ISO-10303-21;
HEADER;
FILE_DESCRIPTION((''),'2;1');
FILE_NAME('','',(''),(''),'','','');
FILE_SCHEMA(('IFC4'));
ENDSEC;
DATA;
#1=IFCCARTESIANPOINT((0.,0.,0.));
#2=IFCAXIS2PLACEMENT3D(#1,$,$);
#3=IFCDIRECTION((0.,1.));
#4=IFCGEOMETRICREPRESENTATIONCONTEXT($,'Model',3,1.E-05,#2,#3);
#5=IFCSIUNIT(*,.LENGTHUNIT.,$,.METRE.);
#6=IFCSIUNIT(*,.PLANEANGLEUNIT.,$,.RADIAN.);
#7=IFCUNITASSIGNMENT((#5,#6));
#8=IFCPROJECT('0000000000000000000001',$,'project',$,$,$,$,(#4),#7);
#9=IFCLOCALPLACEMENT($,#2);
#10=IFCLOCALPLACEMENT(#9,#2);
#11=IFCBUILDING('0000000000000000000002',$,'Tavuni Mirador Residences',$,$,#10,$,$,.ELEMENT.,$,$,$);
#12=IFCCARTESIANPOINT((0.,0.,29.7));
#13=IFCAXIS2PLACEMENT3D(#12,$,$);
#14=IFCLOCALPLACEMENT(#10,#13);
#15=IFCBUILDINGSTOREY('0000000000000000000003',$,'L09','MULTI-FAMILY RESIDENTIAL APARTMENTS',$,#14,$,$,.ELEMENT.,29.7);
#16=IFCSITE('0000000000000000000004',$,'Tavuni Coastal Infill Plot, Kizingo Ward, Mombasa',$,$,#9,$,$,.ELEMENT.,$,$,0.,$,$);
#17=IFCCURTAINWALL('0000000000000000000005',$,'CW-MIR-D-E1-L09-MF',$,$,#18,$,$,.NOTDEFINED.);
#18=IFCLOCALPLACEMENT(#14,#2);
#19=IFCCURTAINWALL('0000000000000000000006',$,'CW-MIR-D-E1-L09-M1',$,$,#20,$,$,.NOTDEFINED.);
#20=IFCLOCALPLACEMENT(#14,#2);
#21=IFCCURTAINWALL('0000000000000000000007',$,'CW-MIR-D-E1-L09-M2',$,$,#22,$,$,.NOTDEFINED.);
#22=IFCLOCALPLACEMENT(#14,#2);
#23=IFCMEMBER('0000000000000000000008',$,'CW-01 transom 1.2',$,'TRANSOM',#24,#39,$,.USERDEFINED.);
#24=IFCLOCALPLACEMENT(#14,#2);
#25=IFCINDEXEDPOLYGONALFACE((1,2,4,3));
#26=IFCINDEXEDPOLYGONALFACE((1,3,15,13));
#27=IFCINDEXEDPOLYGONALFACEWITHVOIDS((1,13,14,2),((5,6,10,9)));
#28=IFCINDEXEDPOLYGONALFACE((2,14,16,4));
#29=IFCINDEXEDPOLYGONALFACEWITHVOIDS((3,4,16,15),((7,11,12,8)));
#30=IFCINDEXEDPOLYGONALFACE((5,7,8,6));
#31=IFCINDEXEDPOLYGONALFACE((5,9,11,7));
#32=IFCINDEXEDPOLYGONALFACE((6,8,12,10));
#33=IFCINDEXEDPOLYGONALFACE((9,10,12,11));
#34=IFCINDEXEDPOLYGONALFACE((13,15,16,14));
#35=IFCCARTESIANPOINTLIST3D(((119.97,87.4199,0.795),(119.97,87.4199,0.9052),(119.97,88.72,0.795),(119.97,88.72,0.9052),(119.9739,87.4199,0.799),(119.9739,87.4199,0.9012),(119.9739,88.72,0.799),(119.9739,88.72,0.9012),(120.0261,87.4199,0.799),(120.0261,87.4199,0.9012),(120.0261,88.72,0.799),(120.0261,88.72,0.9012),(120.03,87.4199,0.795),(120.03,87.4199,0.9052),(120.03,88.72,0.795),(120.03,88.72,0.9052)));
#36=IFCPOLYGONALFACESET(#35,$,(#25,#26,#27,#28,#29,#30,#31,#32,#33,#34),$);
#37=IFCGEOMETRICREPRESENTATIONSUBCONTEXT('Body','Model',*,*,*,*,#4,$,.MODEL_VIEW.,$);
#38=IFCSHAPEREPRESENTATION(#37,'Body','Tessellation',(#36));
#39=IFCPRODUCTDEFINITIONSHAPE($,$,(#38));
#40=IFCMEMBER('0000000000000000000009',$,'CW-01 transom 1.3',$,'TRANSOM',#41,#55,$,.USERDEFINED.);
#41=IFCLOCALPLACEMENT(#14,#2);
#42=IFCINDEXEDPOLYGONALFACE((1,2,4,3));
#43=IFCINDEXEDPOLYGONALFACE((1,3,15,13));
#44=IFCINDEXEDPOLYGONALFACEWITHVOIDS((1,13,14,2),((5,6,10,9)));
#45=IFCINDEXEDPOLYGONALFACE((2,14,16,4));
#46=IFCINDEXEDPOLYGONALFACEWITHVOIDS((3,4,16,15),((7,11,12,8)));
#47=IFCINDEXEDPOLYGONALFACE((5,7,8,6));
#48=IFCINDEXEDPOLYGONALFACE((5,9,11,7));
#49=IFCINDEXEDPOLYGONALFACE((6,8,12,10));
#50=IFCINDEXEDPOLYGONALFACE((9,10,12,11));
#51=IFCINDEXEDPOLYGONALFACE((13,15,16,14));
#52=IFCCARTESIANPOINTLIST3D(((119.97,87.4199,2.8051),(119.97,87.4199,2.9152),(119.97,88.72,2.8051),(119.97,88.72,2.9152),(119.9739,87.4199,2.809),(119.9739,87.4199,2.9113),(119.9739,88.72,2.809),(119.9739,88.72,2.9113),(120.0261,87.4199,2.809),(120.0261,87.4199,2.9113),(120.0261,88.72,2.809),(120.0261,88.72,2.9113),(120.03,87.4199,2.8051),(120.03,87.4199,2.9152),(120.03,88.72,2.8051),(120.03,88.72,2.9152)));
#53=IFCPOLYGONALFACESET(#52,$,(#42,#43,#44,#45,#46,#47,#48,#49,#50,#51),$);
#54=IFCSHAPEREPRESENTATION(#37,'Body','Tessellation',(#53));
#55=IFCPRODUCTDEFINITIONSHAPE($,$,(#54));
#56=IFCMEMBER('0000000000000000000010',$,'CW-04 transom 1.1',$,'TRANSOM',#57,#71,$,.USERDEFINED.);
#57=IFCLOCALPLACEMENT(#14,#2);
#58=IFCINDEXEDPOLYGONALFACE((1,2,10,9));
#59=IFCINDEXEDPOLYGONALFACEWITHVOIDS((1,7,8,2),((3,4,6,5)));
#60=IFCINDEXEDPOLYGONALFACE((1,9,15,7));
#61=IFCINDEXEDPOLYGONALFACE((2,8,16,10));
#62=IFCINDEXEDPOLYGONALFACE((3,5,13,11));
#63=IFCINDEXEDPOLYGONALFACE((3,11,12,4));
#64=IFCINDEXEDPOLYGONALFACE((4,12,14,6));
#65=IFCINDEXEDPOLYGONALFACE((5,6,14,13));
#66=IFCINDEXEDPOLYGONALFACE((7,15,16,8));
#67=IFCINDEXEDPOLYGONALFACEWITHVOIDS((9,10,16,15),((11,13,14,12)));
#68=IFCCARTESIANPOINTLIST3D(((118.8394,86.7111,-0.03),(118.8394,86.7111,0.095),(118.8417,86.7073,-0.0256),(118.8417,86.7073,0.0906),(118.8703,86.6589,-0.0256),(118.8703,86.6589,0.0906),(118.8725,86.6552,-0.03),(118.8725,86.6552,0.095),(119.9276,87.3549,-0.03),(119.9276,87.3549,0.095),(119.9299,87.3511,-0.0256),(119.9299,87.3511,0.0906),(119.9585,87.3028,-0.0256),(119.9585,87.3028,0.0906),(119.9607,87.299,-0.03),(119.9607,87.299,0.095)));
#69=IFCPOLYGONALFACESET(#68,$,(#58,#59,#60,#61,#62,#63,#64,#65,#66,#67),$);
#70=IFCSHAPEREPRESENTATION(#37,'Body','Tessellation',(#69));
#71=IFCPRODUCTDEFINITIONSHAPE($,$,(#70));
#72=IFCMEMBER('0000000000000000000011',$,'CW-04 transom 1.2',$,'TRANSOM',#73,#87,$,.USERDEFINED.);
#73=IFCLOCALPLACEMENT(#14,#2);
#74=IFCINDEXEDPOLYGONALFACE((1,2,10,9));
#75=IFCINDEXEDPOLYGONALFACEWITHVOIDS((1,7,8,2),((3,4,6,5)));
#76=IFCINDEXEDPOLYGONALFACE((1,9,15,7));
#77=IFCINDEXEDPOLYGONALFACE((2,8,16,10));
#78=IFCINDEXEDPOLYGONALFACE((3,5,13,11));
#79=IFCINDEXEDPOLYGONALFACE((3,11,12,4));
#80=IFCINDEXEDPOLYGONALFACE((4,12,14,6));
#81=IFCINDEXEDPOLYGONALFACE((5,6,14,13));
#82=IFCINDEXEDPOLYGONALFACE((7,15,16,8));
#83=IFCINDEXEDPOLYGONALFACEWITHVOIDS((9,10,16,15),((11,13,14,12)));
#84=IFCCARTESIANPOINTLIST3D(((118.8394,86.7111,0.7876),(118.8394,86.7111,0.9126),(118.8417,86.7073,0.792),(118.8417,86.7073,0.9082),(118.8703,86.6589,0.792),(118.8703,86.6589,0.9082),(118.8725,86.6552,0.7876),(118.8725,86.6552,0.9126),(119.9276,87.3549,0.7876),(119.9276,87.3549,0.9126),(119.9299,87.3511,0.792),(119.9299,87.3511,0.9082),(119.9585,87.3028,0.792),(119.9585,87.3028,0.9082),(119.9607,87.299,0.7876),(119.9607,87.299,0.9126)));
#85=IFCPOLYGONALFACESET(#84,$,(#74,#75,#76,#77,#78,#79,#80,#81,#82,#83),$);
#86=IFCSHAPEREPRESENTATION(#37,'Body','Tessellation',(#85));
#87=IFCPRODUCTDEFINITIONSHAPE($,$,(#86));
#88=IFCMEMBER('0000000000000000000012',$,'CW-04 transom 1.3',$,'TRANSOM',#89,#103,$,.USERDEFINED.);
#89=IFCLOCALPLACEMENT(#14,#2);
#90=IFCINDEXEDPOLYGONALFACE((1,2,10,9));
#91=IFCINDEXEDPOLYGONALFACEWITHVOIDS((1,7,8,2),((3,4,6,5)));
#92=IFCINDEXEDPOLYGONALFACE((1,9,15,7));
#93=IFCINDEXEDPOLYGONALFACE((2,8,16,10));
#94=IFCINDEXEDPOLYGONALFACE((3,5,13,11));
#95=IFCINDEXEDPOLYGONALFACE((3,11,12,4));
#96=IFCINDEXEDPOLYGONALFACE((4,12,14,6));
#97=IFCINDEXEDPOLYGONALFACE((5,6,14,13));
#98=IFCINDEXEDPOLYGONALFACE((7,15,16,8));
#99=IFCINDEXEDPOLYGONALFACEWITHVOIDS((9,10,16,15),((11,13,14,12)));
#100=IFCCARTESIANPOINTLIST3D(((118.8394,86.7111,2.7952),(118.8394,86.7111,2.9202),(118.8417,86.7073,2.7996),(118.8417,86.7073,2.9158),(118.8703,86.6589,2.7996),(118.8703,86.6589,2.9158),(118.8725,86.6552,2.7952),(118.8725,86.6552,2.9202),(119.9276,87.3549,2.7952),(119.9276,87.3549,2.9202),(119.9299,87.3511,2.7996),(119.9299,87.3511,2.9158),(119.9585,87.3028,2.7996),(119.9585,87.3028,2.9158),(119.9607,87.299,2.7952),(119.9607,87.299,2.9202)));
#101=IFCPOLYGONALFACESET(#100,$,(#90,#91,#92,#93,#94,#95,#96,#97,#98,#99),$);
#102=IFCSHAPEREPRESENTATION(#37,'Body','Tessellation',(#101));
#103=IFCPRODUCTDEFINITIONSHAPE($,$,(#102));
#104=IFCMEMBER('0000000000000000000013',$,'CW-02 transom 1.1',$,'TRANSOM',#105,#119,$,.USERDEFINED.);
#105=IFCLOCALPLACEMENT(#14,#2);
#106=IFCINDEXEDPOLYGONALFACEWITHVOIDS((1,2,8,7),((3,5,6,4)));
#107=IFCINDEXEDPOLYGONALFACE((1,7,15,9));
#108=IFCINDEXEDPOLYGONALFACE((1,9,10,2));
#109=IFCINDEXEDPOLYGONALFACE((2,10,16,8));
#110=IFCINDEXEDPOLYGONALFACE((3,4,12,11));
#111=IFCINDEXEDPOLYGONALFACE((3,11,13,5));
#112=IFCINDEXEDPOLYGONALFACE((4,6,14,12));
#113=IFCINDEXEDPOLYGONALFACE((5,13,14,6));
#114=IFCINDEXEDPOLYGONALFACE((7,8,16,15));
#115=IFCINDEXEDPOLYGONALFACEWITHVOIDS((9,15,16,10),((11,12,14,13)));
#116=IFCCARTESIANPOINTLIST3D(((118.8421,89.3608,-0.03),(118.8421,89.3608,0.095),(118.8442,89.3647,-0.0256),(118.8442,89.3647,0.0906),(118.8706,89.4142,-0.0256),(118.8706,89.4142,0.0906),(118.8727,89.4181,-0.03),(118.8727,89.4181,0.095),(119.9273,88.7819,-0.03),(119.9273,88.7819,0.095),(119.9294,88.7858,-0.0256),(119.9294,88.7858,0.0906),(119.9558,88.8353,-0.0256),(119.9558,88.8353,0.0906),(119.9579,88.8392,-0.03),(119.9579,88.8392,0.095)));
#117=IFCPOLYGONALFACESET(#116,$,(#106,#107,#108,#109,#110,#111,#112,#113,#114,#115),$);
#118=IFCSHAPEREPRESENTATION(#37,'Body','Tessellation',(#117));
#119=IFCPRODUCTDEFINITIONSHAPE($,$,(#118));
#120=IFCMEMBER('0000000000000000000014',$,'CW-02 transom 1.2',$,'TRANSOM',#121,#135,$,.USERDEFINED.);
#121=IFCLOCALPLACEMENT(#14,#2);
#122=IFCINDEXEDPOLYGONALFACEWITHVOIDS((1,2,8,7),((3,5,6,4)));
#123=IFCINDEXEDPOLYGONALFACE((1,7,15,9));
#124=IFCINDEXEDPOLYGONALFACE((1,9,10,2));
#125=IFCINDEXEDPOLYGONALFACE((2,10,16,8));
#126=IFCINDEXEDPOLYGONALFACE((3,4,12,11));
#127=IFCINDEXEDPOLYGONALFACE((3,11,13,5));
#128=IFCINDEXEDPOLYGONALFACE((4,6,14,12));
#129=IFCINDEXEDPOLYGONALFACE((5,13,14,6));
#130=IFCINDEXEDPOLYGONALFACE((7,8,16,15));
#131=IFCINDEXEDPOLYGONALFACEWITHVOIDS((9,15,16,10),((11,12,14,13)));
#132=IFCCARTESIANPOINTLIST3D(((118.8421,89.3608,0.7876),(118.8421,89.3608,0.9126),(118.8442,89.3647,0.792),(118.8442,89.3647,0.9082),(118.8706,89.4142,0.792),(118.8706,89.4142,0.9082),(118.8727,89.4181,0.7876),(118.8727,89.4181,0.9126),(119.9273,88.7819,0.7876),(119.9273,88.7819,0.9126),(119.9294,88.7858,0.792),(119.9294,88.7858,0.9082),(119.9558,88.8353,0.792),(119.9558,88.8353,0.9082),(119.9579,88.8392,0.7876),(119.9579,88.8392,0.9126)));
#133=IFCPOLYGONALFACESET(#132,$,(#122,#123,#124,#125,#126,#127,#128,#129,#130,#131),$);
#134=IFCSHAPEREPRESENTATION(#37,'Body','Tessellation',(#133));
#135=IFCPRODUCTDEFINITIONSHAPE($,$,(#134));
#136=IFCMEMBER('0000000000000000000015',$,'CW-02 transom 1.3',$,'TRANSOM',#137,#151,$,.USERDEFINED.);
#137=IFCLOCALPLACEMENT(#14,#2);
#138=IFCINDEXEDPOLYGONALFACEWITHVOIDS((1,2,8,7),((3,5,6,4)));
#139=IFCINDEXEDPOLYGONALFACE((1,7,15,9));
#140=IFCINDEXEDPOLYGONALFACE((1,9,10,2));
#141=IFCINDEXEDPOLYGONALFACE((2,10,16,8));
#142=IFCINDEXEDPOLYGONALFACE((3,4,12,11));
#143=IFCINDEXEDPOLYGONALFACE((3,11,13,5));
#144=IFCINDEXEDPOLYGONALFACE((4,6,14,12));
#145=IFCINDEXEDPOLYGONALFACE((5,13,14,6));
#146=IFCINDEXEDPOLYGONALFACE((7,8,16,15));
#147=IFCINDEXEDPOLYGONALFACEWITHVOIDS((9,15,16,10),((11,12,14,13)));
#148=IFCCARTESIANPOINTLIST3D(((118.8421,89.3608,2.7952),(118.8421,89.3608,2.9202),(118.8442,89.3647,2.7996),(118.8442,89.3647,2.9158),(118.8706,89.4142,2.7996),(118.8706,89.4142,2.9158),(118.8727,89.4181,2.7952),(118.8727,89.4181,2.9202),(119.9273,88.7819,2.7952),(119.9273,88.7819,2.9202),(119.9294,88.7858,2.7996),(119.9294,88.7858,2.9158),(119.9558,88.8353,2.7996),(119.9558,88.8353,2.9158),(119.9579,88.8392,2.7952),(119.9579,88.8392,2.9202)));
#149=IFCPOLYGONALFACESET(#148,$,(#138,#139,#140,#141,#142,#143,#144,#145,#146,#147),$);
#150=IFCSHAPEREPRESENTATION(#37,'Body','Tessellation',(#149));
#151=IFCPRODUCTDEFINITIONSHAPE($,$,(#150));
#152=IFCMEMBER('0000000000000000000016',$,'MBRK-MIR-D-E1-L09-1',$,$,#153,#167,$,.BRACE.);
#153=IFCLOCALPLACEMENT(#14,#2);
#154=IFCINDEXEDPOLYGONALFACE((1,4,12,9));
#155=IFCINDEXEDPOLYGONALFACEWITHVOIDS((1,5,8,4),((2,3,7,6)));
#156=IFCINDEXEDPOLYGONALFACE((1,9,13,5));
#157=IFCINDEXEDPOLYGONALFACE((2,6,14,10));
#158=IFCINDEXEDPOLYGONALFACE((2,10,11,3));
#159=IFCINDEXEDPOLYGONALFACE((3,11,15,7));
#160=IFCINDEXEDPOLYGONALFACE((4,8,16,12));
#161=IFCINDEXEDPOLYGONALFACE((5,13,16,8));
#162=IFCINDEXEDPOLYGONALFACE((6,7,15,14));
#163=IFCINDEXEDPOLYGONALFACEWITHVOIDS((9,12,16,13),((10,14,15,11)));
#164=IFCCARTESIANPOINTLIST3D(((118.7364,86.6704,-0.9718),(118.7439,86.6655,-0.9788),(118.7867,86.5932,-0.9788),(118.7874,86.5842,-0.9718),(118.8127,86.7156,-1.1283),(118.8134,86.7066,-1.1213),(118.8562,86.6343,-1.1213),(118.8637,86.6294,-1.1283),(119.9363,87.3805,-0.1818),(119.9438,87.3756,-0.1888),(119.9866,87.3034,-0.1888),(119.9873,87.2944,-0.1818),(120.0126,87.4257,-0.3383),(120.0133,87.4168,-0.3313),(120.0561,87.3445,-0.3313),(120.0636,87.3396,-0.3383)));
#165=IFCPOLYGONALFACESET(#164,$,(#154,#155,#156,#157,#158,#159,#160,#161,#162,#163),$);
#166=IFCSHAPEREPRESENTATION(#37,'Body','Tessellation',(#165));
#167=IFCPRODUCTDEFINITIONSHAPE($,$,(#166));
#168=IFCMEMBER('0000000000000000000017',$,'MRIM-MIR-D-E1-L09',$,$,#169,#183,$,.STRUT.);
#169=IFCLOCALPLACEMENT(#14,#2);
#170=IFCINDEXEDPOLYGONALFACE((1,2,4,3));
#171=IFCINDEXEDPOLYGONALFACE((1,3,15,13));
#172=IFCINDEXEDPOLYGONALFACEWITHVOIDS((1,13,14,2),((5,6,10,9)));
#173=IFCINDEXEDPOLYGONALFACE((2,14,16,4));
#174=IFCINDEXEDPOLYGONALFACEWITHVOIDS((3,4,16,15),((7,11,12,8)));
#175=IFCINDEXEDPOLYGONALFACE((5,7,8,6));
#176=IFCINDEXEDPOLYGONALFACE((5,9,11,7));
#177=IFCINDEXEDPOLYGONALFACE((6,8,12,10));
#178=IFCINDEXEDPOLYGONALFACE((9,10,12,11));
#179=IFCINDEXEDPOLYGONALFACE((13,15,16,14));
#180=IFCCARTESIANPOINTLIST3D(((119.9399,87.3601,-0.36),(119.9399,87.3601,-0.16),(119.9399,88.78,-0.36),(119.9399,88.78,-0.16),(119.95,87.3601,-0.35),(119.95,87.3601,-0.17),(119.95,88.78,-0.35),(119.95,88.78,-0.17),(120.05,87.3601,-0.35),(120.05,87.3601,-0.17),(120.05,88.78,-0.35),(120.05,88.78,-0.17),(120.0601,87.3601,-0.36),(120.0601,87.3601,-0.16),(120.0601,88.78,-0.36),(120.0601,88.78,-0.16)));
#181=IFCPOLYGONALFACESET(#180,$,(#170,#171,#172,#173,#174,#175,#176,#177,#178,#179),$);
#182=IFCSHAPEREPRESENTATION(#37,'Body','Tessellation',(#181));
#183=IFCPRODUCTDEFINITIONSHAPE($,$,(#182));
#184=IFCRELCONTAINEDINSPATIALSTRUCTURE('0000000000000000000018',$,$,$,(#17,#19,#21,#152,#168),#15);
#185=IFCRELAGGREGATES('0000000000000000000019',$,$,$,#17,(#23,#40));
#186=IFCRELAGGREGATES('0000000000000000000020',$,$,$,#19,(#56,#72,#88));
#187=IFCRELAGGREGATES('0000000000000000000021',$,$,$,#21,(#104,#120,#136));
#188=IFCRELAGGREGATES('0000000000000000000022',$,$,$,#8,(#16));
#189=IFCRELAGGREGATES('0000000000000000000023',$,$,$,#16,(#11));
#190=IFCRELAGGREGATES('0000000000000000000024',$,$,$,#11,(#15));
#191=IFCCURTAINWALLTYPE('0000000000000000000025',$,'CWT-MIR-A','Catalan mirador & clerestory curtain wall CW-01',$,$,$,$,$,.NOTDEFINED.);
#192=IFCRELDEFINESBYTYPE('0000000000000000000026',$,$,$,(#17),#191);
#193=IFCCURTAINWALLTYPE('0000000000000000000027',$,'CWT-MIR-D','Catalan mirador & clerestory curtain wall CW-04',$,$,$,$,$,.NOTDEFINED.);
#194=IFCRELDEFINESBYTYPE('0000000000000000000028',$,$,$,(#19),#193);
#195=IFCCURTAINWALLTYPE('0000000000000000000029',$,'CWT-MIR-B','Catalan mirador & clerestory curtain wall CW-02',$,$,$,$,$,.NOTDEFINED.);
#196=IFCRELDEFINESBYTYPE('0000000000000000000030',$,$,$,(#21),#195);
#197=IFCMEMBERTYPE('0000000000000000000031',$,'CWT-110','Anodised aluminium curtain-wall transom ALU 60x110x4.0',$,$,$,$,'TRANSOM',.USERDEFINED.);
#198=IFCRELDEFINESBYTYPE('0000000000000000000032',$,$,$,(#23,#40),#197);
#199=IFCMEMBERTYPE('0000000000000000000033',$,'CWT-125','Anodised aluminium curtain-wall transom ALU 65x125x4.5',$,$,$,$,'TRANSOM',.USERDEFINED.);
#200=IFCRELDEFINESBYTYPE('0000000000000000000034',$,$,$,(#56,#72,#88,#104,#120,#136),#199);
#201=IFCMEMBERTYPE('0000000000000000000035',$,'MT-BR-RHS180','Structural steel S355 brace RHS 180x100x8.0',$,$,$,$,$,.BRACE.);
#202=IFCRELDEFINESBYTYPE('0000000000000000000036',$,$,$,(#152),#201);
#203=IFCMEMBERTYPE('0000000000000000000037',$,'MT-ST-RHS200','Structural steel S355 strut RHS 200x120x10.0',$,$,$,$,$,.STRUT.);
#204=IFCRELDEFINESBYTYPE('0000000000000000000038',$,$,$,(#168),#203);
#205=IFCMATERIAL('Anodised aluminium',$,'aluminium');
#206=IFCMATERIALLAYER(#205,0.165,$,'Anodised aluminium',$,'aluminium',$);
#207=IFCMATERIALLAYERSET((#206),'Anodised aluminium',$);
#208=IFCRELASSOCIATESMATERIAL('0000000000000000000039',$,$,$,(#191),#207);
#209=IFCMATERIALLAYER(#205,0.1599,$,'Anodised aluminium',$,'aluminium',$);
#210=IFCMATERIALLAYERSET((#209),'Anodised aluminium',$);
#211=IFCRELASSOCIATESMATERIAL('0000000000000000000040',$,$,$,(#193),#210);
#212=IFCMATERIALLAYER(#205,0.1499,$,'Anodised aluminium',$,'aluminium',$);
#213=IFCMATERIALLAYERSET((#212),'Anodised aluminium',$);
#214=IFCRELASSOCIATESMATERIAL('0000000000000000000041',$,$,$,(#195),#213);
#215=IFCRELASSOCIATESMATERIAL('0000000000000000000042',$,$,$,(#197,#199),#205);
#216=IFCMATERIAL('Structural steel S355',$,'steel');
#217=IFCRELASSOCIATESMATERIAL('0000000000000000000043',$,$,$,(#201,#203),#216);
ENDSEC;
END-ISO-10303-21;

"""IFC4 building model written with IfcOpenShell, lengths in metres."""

from ifc_helpers import new_model, si_unit, direction, frame, origin, origin_2d, place, context, subcontext, project, spatial, hollow_rectangle, extrude, material, layer, layer_set, material_profile, profile_set, type_object, element, aggregate, save


model = new_model("IFC4")

# Units and contexts
model_context = context("Model", 3, precision=1e-05, world=origin(), true_north=direction((0.0, 1.0)))
body_context = subcontext(model_context, "Body", "Model", "MODEL_VIEW")
ifc_project = project(units=[si_unit("LENGTHUNIT", "METRE"), si_unit("PLANEANGLEUNIT", "RADIAN")], contexts=[model_context])

# Site, building, storey
site_placement = place(None, origin())
site = spatial("IfcSite", under=ifc_project, at=site_placement, Name="Tavuni Coastal Infill Plot, Kizingo Ward, Mombasa", CompositionType="ELEMENT", RefElevation=0.0)
building_placement = place(site_placement, origin())
building = spatial("IfcBuilding", under=site, at=building_placement, Name="Tavuni Mirador Residences", CompositionType="ELEMENT")
storey_placement = place(building_placement, frame((0.0, 0.0, 29.7)))
storey = spatial("IfcBuildingStorey", under=building, at=storey_placement, Name="L09", Description="MULTI-FAMILY RESIDENTIAL APARTMENTS", CompositionType="ELEMENT", Elevation=29.7)

# Curtain walls
ifc_material_1 = material(Name="Anodised aluminium", Category="aluminium")
ifc_layer_1 = layer(ifc_material_1, 0.165, Name="Anodised aluminium", Category="aluminium")
ifc_layer_set_1 = layer_set([ifc_layer_1], Name="Anodised aluminium")
curtain_wall_type_1 = type_object("IfcCurtainWallType", Name="CWT-MIR-A", Description="Catalan mirador & clerestory curtain wall CW-01", PredefinedType="NOTDEFINED", material=ifc_layer_set_1)
curtain_wall_1_placement = place(storey_placement, origin())
curtain_wall_1 = element("IfcCurtainWall", 1, at=curtain_wall_1_placement, inside=storey, type_object=curtain_wall_type_1, Name="CW-MIR-D-E1-L09-MF", PredefinedType="NOTDEFINED")
ifc_layer_2 = layer(ifc_material_1, 0.1599, Name="Anodised aluminium", Category="aluminium")
ifc_layer_set_2 = layer_set([ifc_layer_2], Name="Anodised aluminium")
curtain_wall_type_2 = type_object("IfcCurtainWallType", Name="CWT-MIR-D", Description="Catalan mirador & clerestory curtain wall CW-04", PredefinedType="NOTDEFINED", material=ifc_layer_set_2)
curtain_wall_2_placement = place(storey_placement, origin())
curtain_wall_2 = element("IfcCurtainWall", 2, at=curtain_wall_2_placement, inside=storey, type_object=curtain_wall_type_2, Name="CW-MIR-D-E1-L09-M1", PredefinedType="NOTDEFINED")

# Curtain wall
ifc_layer_3 = layer(ifc_material_1, 0.1499, Name="Anodised aluminium", Category="aluminium")
ifc_layer_set_3 = layer_set([ifc_layer_3], Name="Anodised aluminium")
curtain_wall_type_3 = type_object("IfcCurtainWallType", Name="CWT-MIR-B", Description="Catalan mirador & clerestory curtain wall CW-02", PredefinedType="NOTDEFINED", material=ifc_layer_set_3)
curtain_wall_3_placement = place(storey_placement, origin())
curtain_wall_3 = element("IfcCurtainWall", 3, at=curtain_wall_3_placement, inside=storey, type_object=curtain_wall_type_3, Name="CW-MIR-D-E1-L09-M2", PredefinedType="NOTDEFINED")

# Members
ifc_material_profile_1 = material_profile(ifc_material_1, hollow_rectangle(XDim=0.0601, YDim=0.1101, WallThickness=0.0039, at=origin_2d()), Name="ALU 60x110x4.0", Category="aluminium")
ifc_profile_set_1 = profile_set([ifc_material_profile_1], Name="Anodised aluminium")
member_type_1 = type_object("IfcMemberType", Name="CWT-110", Description="Anodised aluminium curtain-wall transom ALU 60x110x4.0", ElementType="TRANSOM", PredefinedType="USERDEFINED", material=ifc_profile_set_1)
member_1_placement = place(storey_placement, frame((120.0, 87.4199, 0.8501), z_axis=(0.0, 1.0, 0.0), x_axis=(-1.0, 0.0, 0.0)))
member_1 = element("IfcMember", 4, at=member_1_placement, type_object=member_type_1, Name="CW-01 transom 1.2", ObjectType="TRANSOM", PredefinedType="USERDEFINED", context=body_context, shape_type="SweptSolid", body=[
    extrude(hollow_rectangle(XDim=0.0601, YDim=0.1101, WallThickness=0.0039, at=origin_2d()), origin(), (0.0, 0.0, 1.0), 1.3),
])
member_2_placement = place(storey_placement, frame((120.0, 87.4199, 2.8601), z_axis=(0.0, 1.0, 0.0), x_axis=(-1.0, 0.0, 0.0)))
member_2 = element("IfcMember", 5, at=member_2_placement, type_object=member_type_1, Name="CW-01 transom 1.3", ObjectType="TRANSOM", PredefinedType="USERDEFINED", context=body_context, shape_type="SweptSolid", body=[
    extrude(hollow_rectangle(XDim=0.0601, YDim=0.1101, WallThickness=0.0039, at=origin_2d()), origin(), (0.0, 0.0, 1.0), 1.3),
])
ifc_material_profile_2 = material_profile(ifc_material_1, hollow_rectangle(XDim=0.0649, YDim=0.125, WallThickness=0.0044, at=origin_2d()), Name="ALU 65x125x4.5", Category="aluminium")
ifc_profile_set_2 = profile_set([ifc_material_profile_2], Name="Anodised aluminium")
member_type_2 = type_object("IfcMemberType", Name="CWT-125", Description="Anodised aluminium curtain-wall transom ALU 65x125x4.5", ElementType="TRANSOM", PredefinedType="USERDEFINED", material=ifc_profile_set_2)
member_3_placement = place(storey_placement, frame((118.856, 86.6831, 0.0325), z_axis=(0.860646, 0.509204, 0.0), x_axis=(-0.509204, 0.860646, 0.0)))
member_3 = element("IfcMember", 6, at=member_3_placement, type_object=member_type_2, Name="CW-04 transom 1.1", ObjectType="TRANSOM", PredefinedType="USERDEFINED", context=body_context, shape_type="SweptSolid", body=[
    extrude(hollow_rectangle(XDim=0.0649, YDim=0.125, WallThickness=0.0044, at=origin_2d()), origin(), (0.0, 0.0, 1.0), 1.2644),
])
member_4_placement = place(storey_placement, frame((118.856, 86.6831, 0.8501), z_axis=(0.860646, 0.509204, 0.0), x_axis=(-0.509204, 0.860646, 0.0)))
member_4 = element("IfcMember", 7, at=member_4_placement, type_object=member_type_2, Name="CW-04 transom 1.2", ObjectType="TRANSOM", PredefinedType="USERDEFINED", context=body_context, shape_type="SweptSolid", body=[
    extrude(hollow_rectangle(XDim=0.0649, YDim=0.125, WallThickness=0.0044, at=origin_2d()), origin(), (0.0, 0.0, 1.0), 1.2644),
])
member_5_placement = place(storey_placement, frame((118.856, 86.6831, 2.8577), z_axis=(0.860646, 0.509204, 0.0), x_axis=(-0.509204, 0.860646, 0.0)))
member_5 = element("IfcMember", 8, at=member_5_placement, type_object=member_type_2, Name="CW-04 transom 1.3", ObjectType="TRANSOM", PredefinedType="USERDEFINED", context=body_context, shape_type="SweptSolid", body=[
    extrude(hollow_rectangle(XDim=0.0649, YDim=0.125, WallThickness=0.0044, at=origin_2d()), origin(), (0.0, 0.0, 1.0), 1.2644),
])
member_6_placement = place(storey_placement, frame((119.9426, 88.8105, 0.0325), z_axis=(-0.882325, 0.47064, 0.0), x_axis=(-0.47064, -0.882325, 0.0)))
member_6 = element("IfcMember", 9, at=member_6_placement, type_object=member_type_2, Name="CW-02 transom 1.1", ObjectType="TRANSOM", PredefinedType="USERDEFINED", context=body_context, shape_type="SweptSolid", body=[
    extrude(hollow_rectangle(XDim=0.0649, YDim=0.125, WallThickness=0.0044, at=origin_2d()), origin(), (0.0, 0.0, 1.0), 1.23),
])
member_7_placement = place(storey_placement, frame((119.9426, 88.8105, 0.8501), z_axis=(-0.882325, 0.47064, 0.0), x_axis=(-0.47064, -0.882325, 0.0)))
member_7 = element("IfcMember", 10, at=member_7_placement, type_object=member_type_2, Name="CW-02 transom 1.2", ObjectType="TRANSOM", PredefinedType="USERDEFINED", context=body_context, shape_type="SweptSolid", body=[
    extrude(hollow_rectangle(XDim=0.0649, YDim=0.125, WallThickness=0.0044, at=origin_2d()), origin(), (0.0, 0.0, 1.0), 1.23),
])
member_8_placement = place(storey_placement, frame((119.9426, 88.8105, 2.8577), z_axis=(-0.882325, 0.47064, 0.0), x_axis=(-0.47064, -0.882325, 0.0)))
member_8 = element("IfcMember", 11, at=member_8_placement, type_object=member_type_2, Name="CW-02 transom 1.3", ObjectType="TRANSOM", PredefinedType="USERDEFINED", context=body_context, shape_type="SweptSolid", body=[
    extrude(hollow_rectangle(XDim=0.0649, YDim=0.125, WallThickness=0.0044, at=origin_2d()), origin(), (0.0, 0.0, 1.0), 1.23),
])

# Members
ifc_material_2 = material(Name="Structural steel S355", Category="steel")
ifc_material_profile_3 = material_profile(ifc_material_2, hollow_rectangle(XDim=0.1001, YDim=0.1799, WallThickness=0.0081, at=origin_2d()), Name="RHS 180x100x8.0", Category="steel")
ifc_profile_set_3 = profile_set([ifc_material_profile_3], Name="Structural steel S355")
member_type_3 = type_object("IfcMemberType", Name="MT-BR-RHS180", Description="Structural steel S355 brace RHS 180x100x8.0", PredefinedType="BRACE", material=ifc_profile_set_3)
member_9_placement = place(storey_placement, frame((118.8, 86.6499, -1.05), z_axis=(0.748737, 0.443149, 0.492963), x_axis=(-0.509337, 0.860567, 0.0)))
element("IfcMember", 12, at=member_9_placement, inside=storey, type_object=member_type_3, Name="MBRK-MIR-D-E1-L09-1", PredefinedType="BRACE", context=body_context, shape_type="SweptSolid", body=[
    extrude(hollow_rectangle(XDim=0.1001, YDim=0.1799, WallThickness=0.0081, at=origin_2d()), origin(), (0.0, 0.0, 1.0), 1.6025),
])
ifc_material_profile_4 = material_profile(ifc_material_2, hollow_rectangle(XDim=0.1201, YDim=0.2, WallThickness=0.01, at=origin_2d()), Name="RHS 200x120x10.0", Category="steel")
ifc_profile_set_4 = profile_set([ifc_material_profile_4], Name="Structural steel S355")
member_type_4 = type_object("IfcMemberType", Name="MT-ST-RHS200", Description="Structural steel S355 strut RHS 200x120x10.0", PredefinedType="STRUT", material=ifc_profile_set_4)
member_10_placement = place(storey_placement, frame((120.0, 87.3601, -0.26), z_axis=(0.0, 1.0, 0.0), x_axis=(-1.0, 0.0, 0.0)))
element("IfcMember", 13, at=member_10_placement, inside=storey, type_object=member_type_4, Name="MRIM-MIR-D-E1-L09", PredefinedType="STRUT", context=body_context, shape_type="SweptSolid", body=[
    extrude(hollow_rectangle(XDim=0.1201, YDim=0.2, WallThickness=0.01, at=origin_2d()), origin(), (0.0, 0.0, 1.0), 1.4199),
])

aggregate(curtain_wall_1, [member_1, member_2])
aggregate(curtain_wall_2, [member_3, member_4, member_5])
aggregate(curtain_wall_3, [member_6, member_7, member_8])

save(model, "model.ifc")
